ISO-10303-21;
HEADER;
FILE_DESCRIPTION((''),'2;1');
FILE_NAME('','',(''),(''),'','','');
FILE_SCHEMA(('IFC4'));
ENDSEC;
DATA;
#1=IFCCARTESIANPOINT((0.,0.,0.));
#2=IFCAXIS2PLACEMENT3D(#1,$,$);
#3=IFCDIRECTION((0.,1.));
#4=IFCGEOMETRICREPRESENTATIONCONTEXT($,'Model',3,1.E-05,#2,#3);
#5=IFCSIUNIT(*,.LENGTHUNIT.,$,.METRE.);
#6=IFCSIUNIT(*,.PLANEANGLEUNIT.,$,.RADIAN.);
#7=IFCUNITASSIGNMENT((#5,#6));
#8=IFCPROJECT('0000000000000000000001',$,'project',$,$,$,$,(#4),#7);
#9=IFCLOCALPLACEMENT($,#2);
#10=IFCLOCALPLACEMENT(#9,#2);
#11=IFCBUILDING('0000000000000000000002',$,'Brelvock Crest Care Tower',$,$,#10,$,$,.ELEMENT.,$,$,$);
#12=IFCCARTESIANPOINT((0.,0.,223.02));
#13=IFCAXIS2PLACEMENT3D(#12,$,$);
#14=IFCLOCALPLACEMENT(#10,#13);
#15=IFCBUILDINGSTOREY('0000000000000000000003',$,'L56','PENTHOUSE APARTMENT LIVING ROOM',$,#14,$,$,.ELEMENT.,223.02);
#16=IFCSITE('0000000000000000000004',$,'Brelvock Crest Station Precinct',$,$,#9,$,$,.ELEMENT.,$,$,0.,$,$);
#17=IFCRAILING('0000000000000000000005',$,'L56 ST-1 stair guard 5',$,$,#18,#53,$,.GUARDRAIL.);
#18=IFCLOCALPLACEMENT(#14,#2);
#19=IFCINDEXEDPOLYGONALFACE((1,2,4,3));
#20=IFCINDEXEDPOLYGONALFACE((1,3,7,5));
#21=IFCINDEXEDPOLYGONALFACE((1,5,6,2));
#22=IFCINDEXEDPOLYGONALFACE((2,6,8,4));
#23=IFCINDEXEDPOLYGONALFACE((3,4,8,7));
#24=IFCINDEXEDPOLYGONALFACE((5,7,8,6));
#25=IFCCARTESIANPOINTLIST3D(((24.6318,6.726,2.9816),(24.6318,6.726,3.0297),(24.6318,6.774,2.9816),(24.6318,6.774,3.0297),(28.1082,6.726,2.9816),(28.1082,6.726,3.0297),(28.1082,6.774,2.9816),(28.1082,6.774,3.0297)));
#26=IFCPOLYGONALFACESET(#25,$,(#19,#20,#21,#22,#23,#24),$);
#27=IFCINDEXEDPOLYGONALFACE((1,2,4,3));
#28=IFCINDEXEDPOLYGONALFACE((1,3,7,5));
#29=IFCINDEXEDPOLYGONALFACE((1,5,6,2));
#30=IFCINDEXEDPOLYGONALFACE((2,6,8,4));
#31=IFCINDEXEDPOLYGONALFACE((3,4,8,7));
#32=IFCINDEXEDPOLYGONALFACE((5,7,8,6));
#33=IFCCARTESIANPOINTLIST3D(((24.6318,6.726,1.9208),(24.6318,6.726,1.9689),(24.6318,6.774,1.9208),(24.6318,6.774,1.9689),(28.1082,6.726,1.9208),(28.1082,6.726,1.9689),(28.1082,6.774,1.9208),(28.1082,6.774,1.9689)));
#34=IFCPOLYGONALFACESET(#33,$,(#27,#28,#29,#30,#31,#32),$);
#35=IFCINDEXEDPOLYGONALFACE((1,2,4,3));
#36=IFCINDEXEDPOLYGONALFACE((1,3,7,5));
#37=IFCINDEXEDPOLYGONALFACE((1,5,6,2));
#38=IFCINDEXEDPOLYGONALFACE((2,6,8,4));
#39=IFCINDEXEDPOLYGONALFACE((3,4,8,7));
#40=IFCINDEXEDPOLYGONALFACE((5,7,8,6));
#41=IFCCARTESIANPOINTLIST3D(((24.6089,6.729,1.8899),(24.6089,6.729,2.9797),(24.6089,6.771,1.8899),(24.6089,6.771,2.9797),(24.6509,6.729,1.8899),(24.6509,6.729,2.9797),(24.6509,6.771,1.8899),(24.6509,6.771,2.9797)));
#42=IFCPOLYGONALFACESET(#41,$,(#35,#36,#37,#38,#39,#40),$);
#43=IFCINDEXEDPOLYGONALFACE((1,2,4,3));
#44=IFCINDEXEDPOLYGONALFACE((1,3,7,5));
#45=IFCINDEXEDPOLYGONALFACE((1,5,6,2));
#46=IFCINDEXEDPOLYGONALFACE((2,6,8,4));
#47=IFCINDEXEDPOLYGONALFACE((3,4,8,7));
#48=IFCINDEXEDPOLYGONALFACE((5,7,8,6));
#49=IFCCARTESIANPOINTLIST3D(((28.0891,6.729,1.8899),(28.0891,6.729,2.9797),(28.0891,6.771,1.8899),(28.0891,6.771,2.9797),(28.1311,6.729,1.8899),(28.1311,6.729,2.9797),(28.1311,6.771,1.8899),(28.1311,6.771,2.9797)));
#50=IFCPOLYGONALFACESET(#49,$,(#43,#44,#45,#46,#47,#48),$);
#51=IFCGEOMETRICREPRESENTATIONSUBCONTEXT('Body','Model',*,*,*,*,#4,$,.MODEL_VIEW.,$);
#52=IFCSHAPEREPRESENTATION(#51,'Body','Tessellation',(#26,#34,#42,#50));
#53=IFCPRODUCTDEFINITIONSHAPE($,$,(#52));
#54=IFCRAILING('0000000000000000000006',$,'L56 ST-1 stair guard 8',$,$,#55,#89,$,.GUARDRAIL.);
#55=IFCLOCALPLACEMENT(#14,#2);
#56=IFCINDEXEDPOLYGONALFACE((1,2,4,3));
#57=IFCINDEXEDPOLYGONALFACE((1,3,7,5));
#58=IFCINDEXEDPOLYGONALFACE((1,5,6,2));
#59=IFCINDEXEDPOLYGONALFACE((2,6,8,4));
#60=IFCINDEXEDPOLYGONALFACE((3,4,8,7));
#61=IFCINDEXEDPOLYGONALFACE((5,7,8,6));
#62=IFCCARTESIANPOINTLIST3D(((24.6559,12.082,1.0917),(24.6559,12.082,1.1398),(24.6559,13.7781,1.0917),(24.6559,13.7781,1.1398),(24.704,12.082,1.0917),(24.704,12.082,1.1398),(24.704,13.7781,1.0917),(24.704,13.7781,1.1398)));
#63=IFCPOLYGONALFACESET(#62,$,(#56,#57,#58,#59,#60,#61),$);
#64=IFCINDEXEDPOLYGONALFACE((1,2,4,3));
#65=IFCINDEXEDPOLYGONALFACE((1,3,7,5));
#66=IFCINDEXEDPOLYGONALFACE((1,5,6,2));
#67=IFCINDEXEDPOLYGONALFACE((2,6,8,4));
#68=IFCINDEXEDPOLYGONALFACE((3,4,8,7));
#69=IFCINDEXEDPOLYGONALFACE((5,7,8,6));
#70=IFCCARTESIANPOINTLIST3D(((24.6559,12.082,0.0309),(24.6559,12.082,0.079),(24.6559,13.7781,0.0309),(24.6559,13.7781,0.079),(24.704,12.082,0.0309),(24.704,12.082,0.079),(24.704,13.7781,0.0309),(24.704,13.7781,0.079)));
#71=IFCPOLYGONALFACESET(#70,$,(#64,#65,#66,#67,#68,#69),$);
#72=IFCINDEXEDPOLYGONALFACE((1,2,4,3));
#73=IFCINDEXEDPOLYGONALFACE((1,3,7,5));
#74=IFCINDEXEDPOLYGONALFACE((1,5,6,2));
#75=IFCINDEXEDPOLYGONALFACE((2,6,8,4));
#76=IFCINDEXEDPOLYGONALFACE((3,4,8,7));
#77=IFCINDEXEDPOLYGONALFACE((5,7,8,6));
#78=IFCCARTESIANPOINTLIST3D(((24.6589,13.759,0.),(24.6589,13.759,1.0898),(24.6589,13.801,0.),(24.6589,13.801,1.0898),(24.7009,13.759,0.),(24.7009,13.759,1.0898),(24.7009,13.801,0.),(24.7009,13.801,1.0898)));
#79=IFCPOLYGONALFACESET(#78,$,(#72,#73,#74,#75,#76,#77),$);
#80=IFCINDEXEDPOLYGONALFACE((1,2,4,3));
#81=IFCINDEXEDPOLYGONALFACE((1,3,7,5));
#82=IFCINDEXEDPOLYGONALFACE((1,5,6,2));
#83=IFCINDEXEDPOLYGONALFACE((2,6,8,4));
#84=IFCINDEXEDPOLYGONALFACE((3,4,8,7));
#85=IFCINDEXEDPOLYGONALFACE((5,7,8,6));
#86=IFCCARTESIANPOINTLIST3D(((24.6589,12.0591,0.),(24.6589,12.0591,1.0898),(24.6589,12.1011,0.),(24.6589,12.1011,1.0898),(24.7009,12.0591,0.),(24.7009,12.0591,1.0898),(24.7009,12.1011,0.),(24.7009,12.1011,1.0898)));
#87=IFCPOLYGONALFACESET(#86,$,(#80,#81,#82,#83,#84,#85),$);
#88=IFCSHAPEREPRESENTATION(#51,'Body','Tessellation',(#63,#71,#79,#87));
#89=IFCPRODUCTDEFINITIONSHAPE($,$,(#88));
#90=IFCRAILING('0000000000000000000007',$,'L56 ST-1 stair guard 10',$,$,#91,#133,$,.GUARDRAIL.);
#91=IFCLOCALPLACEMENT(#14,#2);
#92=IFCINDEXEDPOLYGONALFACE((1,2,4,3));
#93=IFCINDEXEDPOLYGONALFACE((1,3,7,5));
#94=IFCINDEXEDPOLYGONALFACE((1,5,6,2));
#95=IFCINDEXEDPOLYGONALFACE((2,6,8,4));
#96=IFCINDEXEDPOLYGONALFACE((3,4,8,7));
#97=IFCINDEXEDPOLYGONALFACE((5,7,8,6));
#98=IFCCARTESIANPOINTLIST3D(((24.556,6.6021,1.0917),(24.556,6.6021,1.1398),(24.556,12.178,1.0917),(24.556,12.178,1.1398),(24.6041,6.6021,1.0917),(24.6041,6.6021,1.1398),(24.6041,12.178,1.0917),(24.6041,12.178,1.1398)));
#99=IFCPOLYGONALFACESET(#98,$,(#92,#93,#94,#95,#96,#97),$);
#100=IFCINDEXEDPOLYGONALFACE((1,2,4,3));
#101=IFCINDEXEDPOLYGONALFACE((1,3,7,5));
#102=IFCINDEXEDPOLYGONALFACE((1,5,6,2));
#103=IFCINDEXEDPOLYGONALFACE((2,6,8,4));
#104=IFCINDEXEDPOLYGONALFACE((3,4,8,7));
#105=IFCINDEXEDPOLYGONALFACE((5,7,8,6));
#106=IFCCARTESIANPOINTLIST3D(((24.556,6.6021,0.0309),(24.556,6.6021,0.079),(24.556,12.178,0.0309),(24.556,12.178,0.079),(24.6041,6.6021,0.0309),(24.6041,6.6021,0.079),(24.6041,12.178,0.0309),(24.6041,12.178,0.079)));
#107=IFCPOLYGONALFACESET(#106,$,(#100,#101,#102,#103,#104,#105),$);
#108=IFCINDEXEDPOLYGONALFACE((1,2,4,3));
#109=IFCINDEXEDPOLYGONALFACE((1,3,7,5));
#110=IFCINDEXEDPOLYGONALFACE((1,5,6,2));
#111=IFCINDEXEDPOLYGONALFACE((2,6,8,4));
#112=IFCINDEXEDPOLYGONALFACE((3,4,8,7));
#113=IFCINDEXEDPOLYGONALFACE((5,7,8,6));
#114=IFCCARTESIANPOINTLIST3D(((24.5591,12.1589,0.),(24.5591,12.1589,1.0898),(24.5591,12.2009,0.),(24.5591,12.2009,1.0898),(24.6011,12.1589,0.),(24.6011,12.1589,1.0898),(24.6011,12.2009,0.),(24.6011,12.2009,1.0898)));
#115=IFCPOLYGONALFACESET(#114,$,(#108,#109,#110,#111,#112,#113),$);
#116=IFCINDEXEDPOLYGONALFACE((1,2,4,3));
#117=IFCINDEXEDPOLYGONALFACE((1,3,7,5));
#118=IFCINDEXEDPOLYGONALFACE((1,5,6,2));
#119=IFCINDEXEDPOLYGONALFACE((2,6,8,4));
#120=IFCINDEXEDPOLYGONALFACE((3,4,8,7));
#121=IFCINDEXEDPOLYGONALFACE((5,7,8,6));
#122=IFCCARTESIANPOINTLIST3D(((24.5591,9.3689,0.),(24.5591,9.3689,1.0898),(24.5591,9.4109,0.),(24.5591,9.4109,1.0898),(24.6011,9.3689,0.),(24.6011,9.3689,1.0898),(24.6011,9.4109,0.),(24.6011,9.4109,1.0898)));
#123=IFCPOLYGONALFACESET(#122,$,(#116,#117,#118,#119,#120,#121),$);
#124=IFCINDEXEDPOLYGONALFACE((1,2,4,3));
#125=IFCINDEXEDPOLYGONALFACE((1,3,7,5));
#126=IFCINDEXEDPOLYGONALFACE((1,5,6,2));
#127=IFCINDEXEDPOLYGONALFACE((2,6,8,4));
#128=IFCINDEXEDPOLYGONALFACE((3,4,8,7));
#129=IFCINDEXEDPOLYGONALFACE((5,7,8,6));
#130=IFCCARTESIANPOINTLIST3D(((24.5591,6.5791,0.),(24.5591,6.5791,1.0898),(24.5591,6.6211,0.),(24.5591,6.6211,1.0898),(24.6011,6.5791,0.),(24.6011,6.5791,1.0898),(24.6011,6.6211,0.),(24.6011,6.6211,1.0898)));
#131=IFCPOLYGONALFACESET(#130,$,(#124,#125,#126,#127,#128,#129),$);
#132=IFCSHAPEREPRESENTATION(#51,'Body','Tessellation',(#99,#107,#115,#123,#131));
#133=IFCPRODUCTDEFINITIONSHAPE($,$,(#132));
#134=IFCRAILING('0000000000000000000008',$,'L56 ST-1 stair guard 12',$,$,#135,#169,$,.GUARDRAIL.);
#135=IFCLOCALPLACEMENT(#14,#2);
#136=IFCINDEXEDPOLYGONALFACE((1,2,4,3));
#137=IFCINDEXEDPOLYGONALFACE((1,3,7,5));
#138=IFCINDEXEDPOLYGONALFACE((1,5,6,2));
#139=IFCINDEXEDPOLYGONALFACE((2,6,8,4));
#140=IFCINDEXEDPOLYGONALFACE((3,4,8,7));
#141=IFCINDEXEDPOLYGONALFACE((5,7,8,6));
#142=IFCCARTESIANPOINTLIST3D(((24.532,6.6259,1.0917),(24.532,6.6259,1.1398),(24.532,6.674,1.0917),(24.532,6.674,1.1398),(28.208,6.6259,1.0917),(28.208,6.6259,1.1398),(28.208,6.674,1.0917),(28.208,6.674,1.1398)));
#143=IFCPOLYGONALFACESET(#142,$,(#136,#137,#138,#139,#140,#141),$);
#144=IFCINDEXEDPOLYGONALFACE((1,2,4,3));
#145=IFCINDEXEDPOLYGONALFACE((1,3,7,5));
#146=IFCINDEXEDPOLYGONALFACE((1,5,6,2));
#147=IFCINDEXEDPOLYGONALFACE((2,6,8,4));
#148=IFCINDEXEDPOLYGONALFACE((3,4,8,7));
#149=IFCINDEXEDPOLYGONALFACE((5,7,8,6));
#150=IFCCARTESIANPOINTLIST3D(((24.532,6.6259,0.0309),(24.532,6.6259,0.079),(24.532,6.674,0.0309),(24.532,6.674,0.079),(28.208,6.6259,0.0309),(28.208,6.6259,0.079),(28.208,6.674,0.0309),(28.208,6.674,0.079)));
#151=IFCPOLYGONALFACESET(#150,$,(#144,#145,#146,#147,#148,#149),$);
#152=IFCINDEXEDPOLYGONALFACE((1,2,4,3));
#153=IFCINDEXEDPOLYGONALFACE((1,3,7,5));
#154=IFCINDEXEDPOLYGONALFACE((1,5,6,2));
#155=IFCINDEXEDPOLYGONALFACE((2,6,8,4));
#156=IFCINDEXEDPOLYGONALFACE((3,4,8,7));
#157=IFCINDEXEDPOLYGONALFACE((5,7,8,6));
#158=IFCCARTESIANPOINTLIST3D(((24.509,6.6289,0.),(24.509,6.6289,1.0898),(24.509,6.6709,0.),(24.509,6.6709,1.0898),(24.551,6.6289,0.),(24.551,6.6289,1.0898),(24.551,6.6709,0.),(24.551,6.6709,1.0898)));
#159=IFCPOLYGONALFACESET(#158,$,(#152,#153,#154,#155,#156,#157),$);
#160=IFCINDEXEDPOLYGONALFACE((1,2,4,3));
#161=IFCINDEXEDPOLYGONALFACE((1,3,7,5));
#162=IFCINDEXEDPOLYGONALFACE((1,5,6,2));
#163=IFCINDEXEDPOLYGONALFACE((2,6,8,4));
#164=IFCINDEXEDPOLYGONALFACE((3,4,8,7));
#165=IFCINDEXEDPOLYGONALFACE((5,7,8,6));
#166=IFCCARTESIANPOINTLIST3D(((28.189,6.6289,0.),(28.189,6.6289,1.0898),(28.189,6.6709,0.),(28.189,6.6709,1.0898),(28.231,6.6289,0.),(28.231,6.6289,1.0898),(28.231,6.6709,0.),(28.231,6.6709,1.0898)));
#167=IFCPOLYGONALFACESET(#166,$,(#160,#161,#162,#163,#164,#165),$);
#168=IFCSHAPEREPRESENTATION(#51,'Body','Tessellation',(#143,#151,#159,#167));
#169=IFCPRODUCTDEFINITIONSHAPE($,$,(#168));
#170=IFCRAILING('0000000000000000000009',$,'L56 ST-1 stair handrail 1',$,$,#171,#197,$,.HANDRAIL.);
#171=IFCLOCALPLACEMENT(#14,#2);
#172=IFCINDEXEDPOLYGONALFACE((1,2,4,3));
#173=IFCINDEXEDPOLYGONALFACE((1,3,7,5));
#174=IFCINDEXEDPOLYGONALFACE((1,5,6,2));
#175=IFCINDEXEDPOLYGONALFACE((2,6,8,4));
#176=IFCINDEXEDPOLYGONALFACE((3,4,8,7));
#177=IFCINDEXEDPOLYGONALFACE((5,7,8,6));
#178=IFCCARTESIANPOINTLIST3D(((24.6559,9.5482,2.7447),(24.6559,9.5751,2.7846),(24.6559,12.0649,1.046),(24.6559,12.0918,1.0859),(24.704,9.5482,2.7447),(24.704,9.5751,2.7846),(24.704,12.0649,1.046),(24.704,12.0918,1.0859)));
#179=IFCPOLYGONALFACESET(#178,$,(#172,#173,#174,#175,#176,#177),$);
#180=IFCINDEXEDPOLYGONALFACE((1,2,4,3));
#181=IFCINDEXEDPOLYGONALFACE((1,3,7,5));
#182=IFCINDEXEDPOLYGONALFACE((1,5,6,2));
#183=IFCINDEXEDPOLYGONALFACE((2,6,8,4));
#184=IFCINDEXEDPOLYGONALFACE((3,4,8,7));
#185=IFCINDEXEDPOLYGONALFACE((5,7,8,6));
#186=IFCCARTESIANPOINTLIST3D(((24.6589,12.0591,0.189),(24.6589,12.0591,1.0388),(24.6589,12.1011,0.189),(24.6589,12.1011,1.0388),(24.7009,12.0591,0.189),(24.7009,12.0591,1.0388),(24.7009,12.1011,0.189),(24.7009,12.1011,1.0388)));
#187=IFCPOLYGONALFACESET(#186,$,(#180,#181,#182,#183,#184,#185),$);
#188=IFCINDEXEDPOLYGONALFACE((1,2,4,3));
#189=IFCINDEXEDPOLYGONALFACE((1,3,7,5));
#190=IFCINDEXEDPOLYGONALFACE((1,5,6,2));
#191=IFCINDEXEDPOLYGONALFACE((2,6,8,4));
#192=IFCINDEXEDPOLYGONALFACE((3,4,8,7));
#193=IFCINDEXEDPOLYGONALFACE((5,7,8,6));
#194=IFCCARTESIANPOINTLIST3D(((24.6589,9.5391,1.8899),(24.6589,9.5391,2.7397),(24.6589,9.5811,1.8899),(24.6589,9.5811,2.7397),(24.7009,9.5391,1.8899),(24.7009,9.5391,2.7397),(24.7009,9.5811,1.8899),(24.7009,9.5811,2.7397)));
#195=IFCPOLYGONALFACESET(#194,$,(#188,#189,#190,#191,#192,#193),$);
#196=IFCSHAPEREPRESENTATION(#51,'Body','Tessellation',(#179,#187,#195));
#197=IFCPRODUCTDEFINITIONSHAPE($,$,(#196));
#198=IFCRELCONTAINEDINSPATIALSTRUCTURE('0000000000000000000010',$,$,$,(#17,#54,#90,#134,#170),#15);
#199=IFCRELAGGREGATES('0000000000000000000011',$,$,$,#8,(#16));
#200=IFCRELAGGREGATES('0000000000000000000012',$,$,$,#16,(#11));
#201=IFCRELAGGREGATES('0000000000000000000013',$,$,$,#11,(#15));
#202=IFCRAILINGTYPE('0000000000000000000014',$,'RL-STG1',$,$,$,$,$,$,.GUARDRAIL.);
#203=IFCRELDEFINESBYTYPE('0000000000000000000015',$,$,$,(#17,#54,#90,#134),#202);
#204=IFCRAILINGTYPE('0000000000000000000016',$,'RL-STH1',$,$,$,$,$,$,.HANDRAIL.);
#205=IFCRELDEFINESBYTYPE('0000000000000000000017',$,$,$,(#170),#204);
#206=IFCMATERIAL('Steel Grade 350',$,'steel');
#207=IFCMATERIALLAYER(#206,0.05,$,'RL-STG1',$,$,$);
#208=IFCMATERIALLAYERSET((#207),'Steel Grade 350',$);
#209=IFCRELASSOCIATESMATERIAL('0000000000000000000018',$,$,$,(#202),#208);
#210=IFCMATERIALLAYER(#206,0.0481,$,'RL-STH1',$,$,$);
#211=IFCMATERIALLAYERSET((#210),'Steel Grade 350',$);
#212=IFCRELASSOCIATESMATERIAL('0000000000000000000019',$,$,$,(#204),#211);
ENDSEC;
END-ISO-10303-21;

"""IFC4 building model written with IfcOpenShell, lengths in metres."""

from ifc_helpers import new_model, si_unit, direction, frame, origin, origin_2d, place, context, subcontext, project, spatial, rectangle, extrude, material, layer, layer_set, type_object, element, save


model = new_model("IFC4")

# Units and contexts
model_context = context("Model", 3, precision=1e-05, world=origin(), true_north=direction((0.0, 1.0)))
body_context = subcontext(model_context, "Body", "Model", "MODEL_VIEW")
ifc_project = project(units=[si_unit("LENGTHUNIT", "METRE"), si_unit("PLANEANGLEUNIT", "RADIAN")], contexts=[model_context])

# Site, building, storey
site_placement = place(None, origin())
site = spatial("IfcSite", under=ifc_project, at=site_placement, Name="Brelvock Crest Station Precinct", CompositionType="ELEMENT", RefElevation=0.0)
building_placement = place(site_placement, origin())
building = spatial("IfcBuilding", under=site, at=building_placement, Name="Brelvock Crest Care Tower", CompositionType="ELEMENT")
storey_placement = place(building_placement, frame((0.0, 0.0, 223.02)))
storey = spatial("IfcBuildingStorey", under=building, at=storey_placement, Name="L56", Description="PENTHOUSE APARTMENT LIVING ROOM", CompositionType="ELEMENT", Elevation=223.02)

# Shared definitions
ifc_material_1 = material(Name="Steel Grade 350", Category="steel")

# Railings
ifc_layer_1 = layer(ifc_material_1, 0.05, Name="RL-STG1")
ifc_layer_set_1 = layer_set([ifc_layer_1], Name="Steel Grade 350")
railing_type_1 = type_object("IfcRailingType", Name="RL-STG1", PredefinedType="GUARDRAIL", material=ifc_layer_set_1)
railing_1_placement = place(storey_placement, frame((24.6299, 6.75, 1.8899)))
element("IfcRailing", 1, at=railing_1_placement, inside=storey, type_object=railing_type_1, Name="L56 ST-1 stair guard 5", PredefinedType="GUARDRAIL", context=body_context, shape_type="SweptSolid", body=[
    extrude(rectangle(XDim=0.0481, YDim=0.0481, at=origin_2d()), frame((0.002, 0.0, 1.1157), z_axis=(1.0, 0.0, 0.0), x_axis=(0.0, 1.0, 0.0)), (0.0, 0.0, 1.0), 3.4763),
    extrude(rectangle(XDim=0.0481, YDim=0.0481, at=origin_2d()), frame((0.002, 0.0, 0.0549), z_axis=(1.0, 0.0, 0.0), x_axis=(0.0, 1.0, 0.0)), (0.0, 0.0, 1.0), 3.4763),
    extrude(rectangle(XDim=0.042, YDim=0.042, at=origin_2d()), origin(), (0.0, 0.0, 1.0), 1.0898),
    extrude(rectangle(XDim=0.042, YDim=0.042, at=origin_2d()), frame((3.4802, 0.0, 0.0)), (0.0, 0.0, 1.0), 1.0898),
])
railing_2_placement = place(storey_placement, frame((24.6799, 13.78, 0.0)))
element("IfcRailing", 2, at=railing_2_placement, inside=storey, type_object=railing_type_1, Name="L56 ST-1 stair guard 8", PredefinedType="GUARDRAIL", context=body_context, shape_type="SweptSolid", body=[
    extrude(rectangle(XDim=0.0481, YDim=0.0481, at=origin_2d()), frame((0.0, -0.002, 1.1157), z_axis=(0.0, -1.0, 0.0), x_axis=(1.0, 0.0, 0.0)), (0.0, 0.0, 1.0), 1.696),
    extrude(rectangle(XDim=0.0481, YDim=0.0481, at=origin_2d()), frame((0.0, -0.002, 0.0549), z_axis=(0.0, -1.0, 0.0), x_axis=(1.0, 0.0, 0.0)), (0.0, 0.0, 1.0), 1.696),
    extrude(rectangle(XDim=0.042, YDim=0.042, at=origin_2d()), origin(), (0.0, 0.0, 1.0), 1.0898),
    extrude(rectangle(XDim=0.042, YDim=0.042, at=origin_2d()), frame((0.0, -1.7, 0.0)), (0.0, 0.0, 1.0), 1.0898),
])
railing_3_placement = place(storey_placement, frame((24.5801, 12.1799, 0.0)))
element("IfcRailing", 3, at=railing_3_placement, inside=storey, type_object=railing_type_1, Name="L56 ST-1 stair guard 10", PredefinedType="GUARDRAIL", context=body_context, shape_type="SweptSolid", body=[
    extrude(rectangle(XDim=0.0481, YDim=0.0481, at=origin_2d()), frame((0.0, -0.002, 1.1157), z_axis=(0.0, -1.0, 0.0), x_axis=(1.0, 0.0, 0.0)), (0.0, 0.0, 1.0), 5.5759),
    extrude(rectangle(XDim=0.0481, YDim=0.0481, at=origin_2d()), frame((0.0, -0.002, 0.0549), z_axis=(0.0, -1.0, 0.0), x_axis=(1.0, 0.0, 0.0)), (0.0, 0.0, 1.0), 5.5759),
    extrude(rectangle(XDim=0.042, YDim=0.042, at=origin_2d()), origin(), (0.0, 0.0, 1.0), 1.0898),
    extrude(rectangle(XDim=0.042, YDim=0.042, at=origin_2d()), frame((0.0, -2.79, 0.0)), (0.0, 0.0, 1.0), 1.0898),
    extrude(rectangle(XDim=0.042, YDim=0.042, at=origin_2d()), frame((0.0, -5.5798, 0.0)), (0.0, 0.0, 1.0), 1.0898),
])
railing_4_placement = place(storey_placement, frame((24.53, 6.6499, 0.0)))
element("IfcRailing", 4, at=railing_4_placement, inside=storey, type_object=railing_type_1, Name="L56 ST-1 stair guard 12", PredefinedType="GUARDRAIL", context=body_context, shape_type="SweptSolid", body=[
    extrude(rectangle(XDim=0.0481, YDim=0.0481, at=origin_2d()), frame((0.002, 0.0, 1.1157), z_axis=(1.0, 0.0, 0.0), x_axis=(0.0, 1.0, 0.0)), (0.0, 0.0, 1.0), 3.676),
    extrude(rectangle(XDim=0.0481, YDim=0.0481, at=origin_2d()), frame((0.002, 0.0, 0.0549), z_axis=(1.0, 0.0, 0.0), x_axis=(0.0, 1.0, 0.0)), (0.0, 0.0, 1.0), 3.676),
    extrude(rectangle(XDim=0.042, YDim=0.042, at=origin_2d()), origin(), (0.0, 0.0, 1.0), 1.0898),
    extrude(rectangle(XDim=0.042, YDim=0.042, at=origin_2d()), frame((3.6799, 0.0, 0.0)), (0.0, 0.0, 1.0), 1.0898),
])
ifc_layer_2 = layer(ifc_material_1, 0.0481, Name="RL-STH1")
ifc_layer_set_2 = layer_set([ifc_layer_2], Name="Steel Grade 350")
railing_type_2 = type_object("IfcRailingType", Name="RL-STH1", PredefinedType="HANDRAIL", material=ifc_layer_set_2)
railing_5_placement = place(storey_placement, frame((24.6799, 12.0801, 0.189)))
element("IfcRailing", 5, at=railing_5_placement, inside=storey, type_object=railing_type_2, Name="L56 ST-1 stair handrail 1", PredefinedType="HANDRAIL", context=body_context, shape_type="SweptSolid", body=[
    extrude(rectangle(XDim=0.0481, YDim=0.0481, at=origin_2d()), frame((0.0, -0.0017, 0.877), z_axis=(0.0, -0.828862, 0.559454), x_axis=(1.0, 0.0, 0.0)), (0.0, 0.0, 1.0), 3.0364),
    extrude(rectangle(XDim=0.042, YDim=0.042, at=origin_2d()), origin(), (0.0, 0.0, 1.0), 0.8499),
    extrude(rectangle(XDim=0.042, YDim=0.042, at=origin_2d()), frame((0.0, -2.52, 1.7009)), (0.0, 0.0, 1.0), 0.8499),
])

save(model, "model.ifc")
